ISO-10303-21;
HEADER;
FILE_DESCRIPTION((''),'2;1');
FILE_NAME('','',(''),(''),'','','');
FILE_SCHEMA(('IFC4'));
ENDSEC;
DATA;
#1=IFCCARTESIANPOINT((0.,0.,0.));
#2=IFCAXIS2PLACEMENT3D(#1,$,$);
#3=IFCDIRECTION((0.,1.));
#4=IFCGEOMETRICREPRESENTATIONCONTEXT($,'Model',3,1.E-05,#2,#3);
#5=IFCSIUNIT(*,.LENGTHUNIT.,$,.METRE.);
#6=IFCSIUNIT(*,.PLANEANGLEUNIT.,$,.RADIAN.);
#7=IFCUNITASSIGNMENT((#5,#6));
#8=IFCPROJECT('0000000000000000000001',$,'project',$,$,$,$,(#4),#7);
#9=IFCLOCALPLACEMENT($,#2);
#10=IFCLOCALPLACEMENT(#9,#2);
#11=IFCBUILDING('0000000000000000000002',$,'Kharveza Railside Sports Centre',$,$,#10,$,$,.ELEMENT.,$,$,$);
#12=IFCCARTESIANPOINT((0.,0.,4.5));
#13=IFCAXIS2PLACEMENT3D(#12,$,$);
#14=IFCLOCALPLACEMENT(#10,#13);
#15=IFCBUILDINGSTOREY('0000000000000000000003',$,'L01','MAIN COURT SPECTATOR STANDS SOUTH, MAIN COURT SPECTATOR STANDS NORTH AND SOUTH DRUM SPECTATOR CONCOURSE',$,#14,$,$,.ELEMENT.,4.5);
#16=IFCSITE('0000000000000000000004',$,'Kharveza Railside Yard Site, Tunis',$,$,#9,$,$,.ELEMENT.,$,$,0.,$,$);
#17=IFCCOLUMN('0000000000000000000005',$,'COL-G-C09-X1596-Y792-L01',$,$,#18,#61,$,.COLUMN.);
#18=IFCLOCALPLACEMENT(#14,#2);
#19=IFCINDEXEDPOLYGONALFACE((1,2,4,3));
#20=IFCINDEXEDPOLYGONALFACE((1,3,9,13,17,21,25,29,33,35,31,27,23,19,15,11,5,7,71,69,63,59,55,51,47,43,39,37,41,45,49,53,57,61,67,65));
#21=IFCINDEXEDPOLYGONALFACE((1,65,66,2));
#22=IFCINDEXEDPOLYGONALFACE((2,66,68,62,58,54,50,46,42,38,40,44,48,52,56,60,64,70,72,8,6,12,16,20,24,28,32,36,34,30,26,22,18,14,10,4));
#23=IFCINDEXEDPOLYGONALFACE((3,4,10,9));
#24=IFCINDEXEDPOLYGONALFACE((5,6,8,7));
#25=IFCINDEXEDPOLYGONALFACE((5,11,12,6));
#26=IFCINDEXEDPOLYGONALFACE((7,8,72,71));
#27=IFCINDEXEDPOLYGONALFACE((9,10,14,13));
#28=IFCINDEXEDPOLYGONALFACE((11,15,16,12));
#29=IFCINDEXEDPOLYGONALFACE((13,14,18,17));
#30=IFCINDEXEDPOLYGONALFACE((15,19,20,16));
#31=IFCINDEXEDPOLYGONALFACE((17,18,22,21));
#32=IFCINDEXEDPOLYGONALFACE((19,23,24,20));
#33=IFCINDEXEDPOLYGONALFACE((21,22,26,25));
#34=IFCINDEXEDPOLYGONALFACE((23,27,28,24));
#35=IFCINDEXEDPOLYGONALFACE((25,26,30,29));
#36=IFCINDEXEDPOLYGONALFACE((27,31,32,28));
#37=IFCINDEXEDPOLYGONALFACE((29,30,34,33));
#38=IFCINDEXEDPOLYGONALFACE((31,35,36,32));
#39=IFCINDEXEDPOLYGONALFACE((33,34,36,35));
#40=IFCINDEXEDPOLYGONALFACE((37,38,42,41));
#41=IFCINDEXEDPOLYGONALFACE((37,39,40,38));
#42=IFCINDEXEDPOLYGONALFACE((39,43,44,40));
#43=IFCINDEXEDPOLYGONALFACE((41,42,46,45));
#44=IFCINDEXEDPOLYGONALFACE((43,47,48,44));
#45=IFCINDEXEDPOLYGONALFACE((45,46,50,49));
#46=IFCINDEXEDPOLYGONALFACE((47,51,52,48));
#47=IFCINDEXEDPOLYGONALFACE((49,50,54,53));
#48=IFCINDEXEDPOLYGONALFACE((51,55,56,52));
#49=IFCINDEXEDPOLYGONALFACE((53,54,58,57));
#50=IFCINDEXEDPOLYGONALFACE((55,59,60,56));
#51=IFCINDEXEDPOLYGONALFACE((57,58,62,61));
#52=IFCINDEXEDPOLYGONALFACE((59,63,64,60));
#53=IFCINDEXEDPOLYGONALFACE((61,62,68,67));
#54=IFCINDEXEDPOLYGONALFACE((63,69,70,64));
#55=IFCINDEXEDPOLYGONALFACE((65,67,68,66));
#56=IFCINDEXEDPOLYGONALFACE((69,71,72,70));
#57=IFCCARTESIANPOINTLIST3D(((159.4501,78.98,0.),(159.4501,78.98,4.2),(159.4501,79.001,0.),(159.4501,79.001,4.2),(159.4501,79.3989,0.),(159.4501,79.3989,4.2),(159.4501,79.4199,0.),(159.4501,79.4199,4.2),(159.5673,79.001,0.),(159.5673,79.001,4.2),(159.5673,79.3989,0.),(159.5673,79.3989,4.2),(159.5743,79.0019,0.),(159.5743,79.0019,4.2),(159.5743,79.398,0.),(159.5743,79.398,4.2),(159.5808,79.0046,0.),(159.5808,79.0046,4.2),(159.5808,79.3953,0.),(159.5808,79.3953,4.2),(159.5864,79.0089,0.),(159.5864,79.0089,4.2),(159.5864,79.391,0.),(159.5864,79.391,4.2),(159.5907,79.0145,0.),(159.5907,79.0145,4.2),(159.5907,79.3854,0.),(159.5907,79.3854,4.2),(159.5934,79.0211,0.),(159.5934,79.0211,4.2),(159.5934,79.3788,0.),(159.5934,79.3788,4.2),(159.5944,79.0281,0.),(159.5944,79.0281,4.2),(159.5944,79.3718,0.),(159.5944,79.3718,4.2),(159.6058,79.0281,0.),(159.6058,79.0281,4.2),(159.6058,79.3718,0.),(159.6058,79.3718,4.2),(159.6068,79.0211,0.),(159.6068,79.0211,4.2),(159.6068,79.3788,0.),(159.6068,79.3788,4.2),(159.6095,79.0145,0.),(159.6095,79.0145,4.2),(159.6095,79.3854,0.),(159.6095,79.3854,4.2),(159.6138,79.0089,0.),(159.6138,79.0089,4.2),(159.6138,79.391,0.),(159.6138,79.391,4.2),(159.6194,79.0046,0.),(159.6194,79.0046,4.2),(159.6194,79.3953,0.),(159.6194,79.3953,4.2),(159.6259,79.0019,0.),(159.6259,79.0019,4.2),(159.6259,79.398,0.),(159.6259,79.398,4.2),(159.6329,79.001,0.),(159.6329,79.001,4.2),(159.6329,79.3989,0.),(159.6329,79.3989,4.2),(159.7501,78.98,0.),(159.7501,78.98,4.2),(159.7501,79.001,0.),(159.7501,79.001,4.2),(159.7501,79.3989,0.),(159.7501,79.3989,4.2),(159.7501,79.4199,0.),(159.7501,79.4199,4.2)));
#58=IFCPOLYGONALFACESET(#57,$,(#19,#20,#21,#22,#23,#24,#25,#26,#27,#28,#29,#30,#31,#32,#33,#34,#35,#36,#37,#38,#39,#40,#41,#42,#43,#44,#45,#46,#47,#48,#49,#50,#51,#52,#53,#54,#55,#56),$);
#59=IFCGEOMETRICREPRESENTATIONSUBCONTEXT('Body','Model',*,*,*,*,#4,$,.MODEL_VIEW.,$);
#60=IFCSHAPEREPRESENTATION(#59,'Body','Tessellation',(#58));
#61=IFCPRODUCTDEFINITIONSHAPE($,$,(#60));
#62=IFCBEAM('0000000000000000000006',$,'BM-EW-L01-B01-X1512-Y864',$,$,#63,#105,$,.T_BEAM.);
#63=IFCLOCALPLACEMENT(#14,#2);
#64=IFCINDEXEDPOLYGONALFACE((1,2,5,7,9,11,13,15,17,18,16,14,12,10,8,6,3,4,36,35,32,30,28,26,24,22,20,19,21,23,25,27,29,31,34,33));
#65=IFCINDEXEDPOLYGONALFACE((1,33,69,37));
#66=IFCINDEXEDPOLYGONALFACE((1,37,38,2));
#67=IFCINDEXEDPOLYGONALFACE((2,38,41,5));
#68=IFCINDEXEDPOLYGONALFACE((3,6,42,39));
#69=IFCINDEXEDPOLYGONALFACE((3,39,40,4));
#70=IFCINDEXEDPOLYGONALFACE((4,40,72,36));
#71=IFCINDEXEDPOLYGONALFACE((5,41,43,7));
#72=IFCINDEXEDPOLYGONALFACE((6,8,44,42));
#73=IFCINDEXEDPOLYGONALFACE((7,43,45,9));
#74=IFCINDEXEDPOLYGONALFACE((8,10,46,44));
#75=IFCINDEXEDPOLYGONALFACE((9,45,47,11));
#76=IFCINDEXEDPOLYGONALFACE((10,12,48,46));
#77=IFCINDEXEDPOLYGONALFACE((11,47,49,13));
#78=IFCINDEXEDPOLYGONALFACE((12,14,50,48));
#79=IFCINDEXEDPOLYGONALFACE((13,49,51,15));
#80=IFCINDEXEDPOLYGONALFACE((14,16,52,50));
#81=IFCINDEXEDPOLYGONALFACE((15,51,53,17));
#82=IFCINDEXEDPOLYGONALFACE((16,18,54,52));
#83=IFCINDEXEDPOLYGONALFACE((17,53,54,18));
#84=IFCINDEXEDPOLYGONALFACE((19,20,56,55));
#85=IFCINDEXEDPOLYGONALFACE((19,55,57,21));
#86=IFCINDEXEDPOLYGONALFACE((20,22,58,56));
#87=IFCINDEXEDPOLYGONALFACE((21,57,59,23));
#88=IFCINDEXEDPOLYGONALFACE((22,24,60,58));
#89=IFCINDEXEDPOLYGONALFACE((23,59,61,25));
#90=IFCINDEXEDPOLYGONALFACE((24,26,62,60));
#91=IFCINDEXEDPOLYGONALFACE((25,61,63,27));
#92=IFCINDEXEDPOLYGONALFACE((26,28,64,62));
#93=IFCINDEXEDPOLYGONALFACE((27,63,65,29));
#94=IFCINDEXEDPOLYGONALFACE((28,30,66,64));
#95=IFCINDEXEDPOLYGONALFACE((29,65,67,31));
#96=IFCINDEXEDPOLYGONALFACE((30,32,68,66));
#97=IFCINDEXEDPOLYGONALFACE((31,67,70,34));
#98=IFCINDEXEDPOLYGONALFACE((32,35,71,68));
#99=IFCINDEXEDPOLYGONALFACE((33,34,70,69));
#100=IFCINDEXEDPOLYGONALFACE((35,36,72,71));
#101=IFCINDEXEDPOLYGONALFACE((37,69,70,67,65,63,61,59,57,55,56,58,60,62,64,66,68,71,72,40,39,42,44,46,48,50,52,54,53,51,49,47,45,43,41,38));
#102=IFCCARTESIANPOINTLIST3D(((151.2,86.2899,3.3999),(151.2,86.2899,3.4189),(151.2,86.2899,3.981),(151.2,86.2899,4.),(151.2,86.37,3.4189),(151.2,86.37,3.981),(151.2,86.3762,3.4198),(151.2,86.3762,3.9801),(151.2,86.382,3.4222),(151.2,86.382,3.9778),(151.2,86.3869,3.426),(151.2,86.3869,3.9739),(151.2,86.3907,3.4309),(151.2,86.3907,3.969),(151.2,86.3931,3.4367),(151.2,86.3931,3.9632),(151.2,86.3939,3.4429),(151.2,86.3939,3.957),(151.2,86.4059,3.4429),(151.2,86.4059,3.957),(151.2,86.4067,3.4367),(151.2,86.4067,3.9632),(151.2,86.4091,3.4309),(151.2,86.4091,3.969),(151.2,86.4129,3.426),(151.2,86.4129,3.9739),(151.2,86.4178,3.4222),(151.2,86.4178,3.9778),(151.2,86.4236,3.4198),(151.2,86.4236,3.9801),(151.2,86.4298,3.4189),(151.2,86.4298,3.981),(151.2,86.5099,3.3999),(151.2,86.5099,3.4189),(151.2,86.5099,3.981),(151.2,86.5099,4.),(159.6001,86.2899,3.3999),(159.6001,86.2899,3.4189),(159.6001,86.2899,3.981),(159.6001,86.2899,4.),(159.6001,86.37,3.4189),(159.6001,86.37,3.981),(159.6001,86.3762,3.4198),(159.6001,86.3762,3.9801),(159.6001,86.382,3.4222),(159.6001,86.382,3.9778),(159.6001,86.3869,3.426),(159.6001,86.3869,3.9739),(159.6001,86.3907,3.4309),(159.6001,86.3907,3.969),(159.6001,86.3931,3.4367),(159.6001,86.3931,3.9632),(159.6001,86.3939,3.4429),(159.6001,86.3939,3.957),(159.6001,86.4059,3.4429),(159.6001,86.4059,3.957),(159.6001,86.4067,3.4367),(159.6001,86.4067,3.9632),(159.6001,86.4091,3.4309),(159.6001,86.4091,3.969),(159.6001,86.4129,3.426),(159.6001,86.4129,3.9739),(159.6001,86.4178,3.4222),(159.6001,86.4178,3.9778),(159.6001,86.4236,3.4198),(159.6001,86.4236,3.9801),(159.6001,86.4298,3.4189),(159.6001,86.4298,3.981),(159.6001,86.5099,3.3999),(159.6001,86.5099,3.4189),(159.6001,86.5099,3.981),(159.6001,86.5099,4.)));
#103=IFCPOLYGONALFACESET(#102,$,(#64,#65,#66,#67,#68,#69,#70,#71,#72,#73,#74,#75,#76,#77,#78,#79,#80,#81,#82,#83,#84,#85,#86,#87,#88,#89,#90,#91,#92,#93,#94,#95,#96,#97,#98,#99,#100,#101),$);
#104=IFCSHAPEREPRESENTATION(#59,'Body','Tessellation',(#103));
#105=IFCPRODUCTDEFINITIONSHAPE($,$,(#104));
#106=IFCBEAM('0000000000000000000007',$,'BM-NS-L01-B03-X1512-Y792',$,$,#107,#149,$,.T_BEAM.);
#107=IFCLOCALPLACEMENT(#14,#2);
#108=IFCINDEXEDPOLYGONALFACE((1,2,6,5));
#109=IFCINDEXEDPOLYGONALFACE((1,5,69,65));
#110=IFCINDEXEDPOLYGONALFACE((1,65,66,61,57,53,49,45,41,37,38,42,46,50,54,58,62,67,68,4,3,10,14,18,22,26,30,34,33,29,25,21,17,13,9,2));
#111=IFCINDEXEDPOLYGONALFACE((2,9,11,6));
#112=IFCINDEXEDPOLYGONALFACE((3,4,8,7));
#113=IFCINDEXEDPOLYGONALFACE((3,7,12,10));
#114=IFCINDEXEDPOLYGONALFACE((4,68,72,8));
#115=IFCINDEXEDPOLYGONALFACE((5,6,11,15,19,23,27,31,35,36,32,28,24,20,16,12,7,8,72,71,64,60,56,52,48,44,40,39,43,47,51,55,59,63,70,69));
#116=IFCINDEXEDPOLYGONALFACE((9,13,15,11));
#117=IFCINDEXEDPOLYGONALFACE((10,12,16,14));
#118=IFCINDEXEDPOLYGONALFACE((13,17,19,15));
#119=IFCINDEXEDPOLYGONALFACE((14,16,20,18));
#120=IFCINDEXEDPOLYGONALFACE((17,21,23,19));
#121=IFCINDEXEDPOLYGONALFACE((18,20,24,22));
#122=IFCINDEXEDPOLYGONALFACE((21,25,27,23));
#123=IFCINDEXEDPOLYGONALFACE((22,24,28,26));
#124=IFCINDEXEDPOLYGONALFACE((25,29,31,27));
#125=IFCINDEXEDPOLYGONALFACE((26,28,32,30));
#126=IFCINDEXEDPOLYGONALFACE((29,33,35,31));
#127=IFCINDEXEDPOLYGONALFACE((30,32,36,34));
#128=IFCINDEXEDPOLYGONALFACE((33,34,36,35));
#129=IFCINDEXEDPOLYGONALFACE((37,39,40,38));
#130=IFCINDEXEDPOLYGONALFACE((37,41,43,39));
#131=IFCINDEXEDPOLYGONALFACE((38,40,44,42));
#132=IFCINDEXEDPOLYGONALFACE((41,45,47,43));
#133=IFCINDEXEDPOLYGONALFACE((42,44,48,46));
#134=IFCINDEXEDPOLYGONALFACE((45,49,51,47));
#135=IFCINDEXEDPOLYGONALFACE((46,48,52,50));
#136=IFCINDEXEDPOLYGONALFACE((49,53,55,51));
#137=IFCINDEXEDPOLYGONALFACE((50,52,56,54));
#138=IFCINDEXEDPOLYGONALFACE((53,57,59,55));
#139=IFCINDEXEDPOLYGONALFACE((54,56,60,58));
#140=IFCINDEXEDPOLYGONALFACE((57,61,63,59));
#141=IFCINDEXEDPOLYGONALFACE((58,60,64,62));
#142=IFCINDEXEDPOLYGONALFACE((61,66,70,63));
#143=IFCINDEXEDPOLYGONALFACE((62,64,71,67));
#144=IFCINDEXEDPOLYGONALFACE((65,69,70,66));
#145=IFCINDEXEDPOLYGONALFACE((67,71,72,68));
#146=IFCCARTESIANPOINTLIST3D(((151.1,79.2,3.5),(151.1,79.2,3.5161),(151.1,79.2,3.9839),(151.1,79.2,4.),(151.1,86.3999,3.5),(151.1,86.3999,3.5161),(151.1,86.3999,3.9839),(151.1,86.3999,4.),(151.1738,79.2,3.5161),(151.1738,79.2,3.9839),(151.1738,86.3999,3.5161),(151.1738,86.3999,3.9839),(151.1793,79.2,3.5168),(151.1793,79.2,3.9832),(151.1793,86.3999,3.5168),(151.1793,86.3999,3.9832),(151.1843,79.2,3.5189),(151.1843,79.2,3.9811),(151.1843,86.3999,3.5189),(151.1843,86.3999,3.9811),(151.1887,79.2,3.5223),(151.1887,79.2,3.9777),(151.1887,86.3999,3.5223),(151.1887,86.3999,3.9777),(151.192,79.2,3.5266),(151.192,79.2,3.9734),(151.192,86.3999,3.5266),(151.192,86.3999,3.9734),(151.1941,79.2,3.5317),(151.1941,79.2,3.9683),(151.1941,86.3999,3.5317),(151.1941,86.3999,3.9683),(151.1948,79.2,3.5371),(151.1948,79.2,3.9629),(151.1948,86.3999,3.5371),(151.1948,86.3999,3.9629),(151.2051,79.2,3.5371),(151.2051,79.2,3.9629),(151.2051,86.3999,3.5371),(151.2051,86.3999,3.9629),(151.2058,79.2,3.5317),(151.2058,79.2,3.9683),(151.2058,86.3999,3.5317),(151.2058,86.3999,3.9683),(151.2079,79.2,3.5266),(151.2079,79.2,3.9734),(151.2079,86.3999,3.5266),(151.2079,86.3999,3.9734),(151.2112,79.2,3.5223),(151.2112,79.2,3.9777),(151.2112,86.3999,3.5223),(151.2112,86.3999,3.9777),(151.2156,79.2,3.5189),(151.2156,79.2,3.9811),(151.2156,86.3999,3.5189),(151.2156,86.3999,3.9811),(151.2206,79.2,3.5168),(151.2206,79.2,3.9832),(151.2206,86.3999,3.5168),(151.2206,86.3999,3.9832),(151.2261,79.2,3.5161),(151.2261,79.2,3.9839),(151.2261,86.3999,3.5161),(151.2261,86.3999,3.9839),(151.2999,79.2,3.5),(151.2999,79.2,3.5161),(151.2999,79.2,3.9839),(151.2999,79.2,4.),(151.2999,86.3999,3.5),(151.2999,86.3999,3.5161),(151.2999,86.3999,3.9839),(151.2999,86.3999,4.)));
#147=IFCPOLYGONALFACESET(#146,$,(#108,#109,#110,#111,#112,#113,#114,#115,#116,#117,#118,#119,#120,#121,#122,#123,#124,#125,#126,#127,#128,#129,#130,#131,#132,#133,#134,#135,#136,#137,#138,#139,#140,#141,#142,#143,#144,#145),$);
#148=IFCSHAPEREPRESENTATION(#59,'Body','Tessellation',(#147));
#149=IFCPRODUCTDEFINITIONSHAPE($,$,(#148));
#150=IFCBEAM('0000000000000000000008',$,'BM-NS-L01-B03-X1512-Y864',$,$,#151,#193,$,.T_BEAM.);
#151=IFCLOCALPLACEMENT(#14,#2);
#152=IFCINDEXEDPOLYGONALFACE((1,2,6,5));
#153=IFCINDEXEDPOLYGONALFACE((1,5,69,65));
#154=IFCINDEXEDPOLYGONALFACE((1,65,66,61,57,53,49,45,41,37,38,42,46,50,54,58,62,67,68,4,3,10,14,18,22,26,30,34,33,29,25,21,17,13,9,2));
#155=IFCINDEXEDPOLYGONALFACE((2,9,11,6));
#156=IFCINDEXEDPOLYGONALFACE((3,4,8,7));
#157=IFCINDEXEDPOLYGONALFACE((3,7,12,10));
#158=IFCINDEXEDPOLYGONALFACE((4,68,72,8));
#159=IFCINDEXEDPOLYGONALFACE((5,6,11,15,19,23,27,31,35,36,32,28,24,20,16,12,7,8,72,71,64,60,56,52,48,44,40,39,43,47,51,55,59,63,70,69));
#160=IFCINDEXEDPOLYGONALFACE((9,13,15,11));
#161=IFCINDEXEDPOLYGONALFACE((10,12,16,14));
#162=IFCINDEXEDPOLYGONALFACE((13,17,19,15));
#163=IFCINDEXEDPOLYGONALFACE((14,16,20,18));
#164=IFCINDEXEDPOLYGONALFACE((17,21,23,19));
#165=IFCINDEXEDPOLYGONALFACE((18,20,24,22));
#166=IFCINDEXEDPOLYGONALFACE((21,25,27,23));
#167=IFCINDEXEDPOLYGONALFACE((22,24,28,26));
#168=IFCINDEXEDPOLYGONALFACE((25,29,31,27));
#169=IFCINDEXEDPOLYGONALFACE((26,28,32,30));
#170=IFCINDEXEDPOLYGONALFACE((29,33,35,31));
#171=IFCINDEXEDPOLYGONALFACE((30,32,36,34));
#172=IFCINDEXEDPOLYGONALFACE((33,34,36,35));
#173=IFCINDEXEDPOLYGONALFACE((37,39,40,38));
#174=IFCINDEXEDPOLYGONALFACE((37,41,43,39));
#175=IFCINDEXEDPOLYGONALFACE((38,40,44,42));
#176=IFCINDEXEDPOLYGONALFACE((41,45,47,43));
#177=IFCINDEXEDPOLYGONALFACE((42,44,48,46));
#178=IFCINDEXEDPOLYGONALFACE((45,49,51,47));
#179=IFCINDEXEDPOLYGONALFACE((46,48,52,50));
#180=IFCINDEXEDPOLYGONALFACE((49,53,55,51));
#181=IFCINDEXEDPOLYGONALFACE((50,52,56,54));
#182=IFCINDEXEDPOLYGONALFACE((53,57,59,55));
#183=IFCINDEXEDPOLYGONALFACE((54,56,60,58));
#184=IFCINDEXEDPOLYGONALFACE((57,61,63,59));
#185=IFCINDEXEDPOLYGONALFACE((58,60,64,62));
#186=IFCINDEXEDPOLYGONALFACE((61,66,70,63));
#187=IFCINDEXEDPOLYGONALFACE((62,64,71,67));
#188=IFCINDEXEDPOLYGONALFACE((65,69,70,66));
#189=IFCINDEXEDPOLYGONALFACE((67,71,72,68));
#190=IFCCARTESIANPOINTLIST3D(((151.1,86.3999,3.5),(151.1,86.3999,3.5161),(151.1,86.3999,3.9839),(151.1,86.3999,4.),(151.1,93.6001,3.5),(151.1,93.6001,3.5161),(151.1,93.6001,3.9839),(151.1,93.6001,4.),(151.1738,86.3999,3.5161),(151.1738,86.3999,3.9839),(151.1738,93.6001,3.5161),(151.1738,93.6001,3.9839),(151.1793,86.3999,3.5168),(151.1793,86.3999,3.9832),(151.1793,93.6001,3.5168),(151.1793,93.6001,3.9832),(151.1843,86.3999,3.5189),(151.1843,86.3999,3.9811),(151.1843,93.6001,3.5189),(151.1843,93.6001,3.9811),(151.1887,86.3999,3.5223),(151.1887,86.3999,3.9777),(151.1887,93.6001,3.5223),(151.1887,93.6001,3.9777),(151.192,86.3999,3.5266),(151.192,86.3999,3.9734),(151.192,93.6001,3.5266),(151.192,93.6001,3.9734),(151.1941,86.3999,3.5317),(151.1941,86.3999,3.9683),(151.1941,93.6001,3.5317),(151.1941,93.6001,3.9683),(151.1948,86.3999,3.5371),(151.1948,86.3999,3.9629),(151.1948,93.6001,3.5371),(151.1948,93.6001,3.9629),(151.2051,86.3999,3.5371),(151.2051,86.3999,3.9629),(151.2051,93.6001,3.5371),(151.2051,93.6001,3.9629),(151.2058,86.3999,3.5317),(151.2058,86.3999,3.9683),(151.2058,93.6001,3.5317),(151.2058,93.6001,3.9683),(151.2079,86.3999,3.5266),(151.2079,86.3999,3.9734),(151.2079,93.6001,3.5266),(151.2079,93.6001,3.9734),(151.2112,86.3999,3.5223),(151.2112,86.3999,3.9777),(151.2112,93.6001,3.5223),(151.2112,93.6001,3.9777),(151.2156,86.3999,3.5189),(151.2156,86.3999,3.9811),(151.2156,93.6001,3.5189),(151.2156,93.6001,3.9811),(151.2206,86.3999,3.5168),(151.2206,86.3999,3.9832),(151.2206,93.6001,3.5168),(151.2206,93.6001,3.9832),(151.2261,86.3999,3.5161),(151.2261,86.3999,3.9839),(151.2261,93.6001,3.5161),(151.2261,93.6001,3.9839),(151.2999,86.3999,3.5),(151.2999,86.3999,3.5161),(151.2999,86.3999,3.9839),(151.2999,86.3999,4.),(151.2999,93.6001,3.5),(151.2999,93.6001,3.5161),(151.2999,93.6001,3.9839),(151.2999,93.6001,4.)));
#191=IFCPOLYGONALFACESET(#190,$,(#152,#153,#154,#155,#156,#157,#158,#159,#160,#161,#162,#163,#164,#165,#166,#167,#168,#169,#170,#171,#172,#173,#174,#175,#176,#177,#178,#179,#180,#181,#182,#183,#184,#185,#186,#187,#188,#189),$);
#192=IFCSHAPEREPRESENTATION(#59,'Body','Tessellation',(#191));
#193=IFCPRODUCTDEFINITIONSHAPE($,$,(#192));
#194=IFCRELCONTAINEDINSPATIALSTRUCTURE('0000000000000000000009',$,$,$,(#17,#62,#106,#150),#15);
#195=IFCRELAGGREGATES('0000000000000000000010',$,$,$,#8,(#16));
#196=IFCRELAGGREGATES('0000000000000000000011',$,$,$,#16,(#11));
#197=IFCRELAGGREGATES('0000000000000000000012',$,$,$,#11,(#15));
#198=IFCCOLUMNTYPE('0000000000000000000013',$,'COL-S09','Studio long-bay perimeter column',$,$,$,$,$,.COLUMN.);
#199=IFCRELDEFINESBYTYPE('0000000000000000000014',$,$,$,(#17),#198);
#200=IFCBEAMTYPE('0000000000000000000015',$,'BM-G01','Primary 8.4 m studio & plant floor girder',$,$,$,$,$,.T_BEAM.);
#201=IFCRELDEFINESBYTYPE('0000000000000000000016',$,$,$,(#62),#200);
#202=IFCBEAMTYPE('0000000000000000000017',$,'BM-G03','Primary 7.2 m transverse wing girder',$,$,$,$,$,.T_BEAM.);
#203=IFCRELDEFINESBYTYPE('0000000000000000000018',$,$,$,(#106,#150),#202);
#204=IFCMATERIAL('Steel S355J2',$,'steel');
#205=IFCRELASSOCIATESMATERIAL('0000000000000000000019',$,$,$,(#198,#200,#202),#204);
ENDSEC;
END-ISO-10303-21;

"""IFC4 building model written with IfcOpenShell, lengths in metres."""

from ifc_helpers import new_model, si_unit, direction, frame, origin, origin_2d, place, context, subcontext, project, spatial, i_section, extrude, material, material_profile, profile_set, type_object, element, save


model = new_model("IFC4")

# Units and contexts
model_context = context("Model", 3, precision=1e-05, world=origin(), true_north=direction((0.0, 1.0)))
body_context = subcontext(model_context, "Body", "Model", "MODEL_VIEW")
ifc_project = project(units=[si_unit("LENGTHUNIT", "METRE"), si_unit("PLANEANGLEUNIT", "RADIAN")], contexts=[model_context])

# Site, building, storey
site_placement = place(None, origin())
site = spatial("IfcSite", under=ifc_project, at=site_placement, Name="Kharveza Railside Yard Site, Tunis", CompositionType="ELEMENT", RefElevation=0.0)
building_placement = place(site_placement, origin())
building = spatial("IfcBuilding", under=site, at=building_placement, Name="Kharveza Railside Sports Centre", CompositionType="ELEMENT")
storey_placement = place(building_placement, frame((0.0, 0.0, 4.5)))
storey = spatial("IfcBuildingStorey", under=building, at=storey_placement, Name="L01", Description="MAIN COURT SPECTATOR STANDS SOUTH, MAIN COURT SPECTATOR STANDS NORTH AND SOUTH DRUM SPECTATOR CONCOURSE", CompositionType="ELEMENT", Elevation=4.5)

# Column
ifc_material_1 = material(Name="Steel S355J2", Category="steel")
ifc_material_profile_1 = material_profile(ifc_material_1, i_section(OverallWidth=0.3, OverallDepth=0.4399, WebThickness=0.0115, FlangeThickness=0.021, FilletRadius=0.0271, at=origin_2d()), Name="HEA 450")
ifc_profile_set_1 = profile_set([ifc_material_profile_1], Name="Steel S355J2")
column_type_1 = type_object("IfcColumnType", Name="COL-S09", Description="Studio long-bay perimeter column", PredefinedType="COLUMN", material=ifc_profile_set_1)
for number, where, z_axis, x_axis, name in (
    (1, (159.6001, 79.2, 0.0), (0.0, 0.0, 1.0), (1.0, 0.0, 0.0), "COL-G-C09-X1596-Y792-L01"),
):
    element("IfcColumn", number, at=place(storey_placement, frame(where, z_axis=z_axis, x_axis=x_axis)), inside=storey, type_object=column_type_1, Name=name, PredefinedType="COLUMN", context=body_context, shape_type="SweptSolid", body=[
        extrude(i_section(OverallWidth=0.3, OverallDepth=0.4399, WebThickness=0.0115, FlangeThickness=0.021, FilletRadius=0.0271, at=origin_2d()), origin(), (0.0, 0.0, 1.0), 4.2),
    ])

# Beams
ifc_material_profile_2 = material_profile(ifc_material_1, i_section(OverallWidth=0.22, OverallDepth=0.6001, WebThickness=0.012, FlangeThickness=0.019, FilletRadius=0.0239, at=origin_2d()), Name="IPE 600")
ifc_profile_set_2 = profile_set([ifc_material_profile_2], Name="Steel S355J2")
beam_type_1 = type_object("IfcBeamType", Name="BM-G01", Description="Primary 8.4 m studio & plant floor girder", PredefinedType="T_BEAM", material=ifc_profile_set_2)
beam_1_placement = place(storey_placement, frame((151.2, 86.3999, 3.7), z_axis=(1.0, 0.0, 0.0), x_axis=(0.0, 1.0, 0.0)))
element("IfcBeam", 2, at=beam_1_placement, inside=storey, type_object=beam_type_1, Name="BM-EW-L01-B01-X1512-Y864", PredefinedType="T_BEAM", context=body_context, shape_type="SweptSolid", body=[
    extrude(i_section(OverallWidth=0.22, OverallDepth=0.6001, WebThickness=0.012, FlangeThickness=0.019, FilletRadius=0.0239, at=origin_2d()), origin(), (0.0, 0.0, 1.0), 8.4001),
])
ifc_material_profile_3 = material_profile(ifc_material_1, i_section(OverallWidth=0.2, OverallDepth=0.5, WebThickness=0.0103, FlangeThickness=0.0161, FilletRadius=0.021, at=origin_2d()), Name="IPE 500")
ifc_profile_set_3 = profile_set([ifc_material_profile_3], Name="Steel S355J2")
beam_type_2 = type_object("IfcBeamType", Name="BM-G03", Description="Primary 7.2 m transverse wing girder", PredefinedType="T_BEAM", material=ifc_profile_set_3)
beam_2_placement = place(storey_placement, frame((151.2, 79.2, 3.75), z_axis=(0.0, 1.0, 0.0), x_axis=(-1.0, 0.0, 0.0)))
element("IfcBeam", 3, at=beam_2_placement, inside=storey, type_object=beam_type_2, Name="BM-NS-L01-B03-X1512-Y792", PredefinedType="T_BEAM", context=body_context, shape_type="SweptSolid", body=[
    extrude(i_section(OverallWidth=0.2, OverallDepth=0.5, WebThickness=0.0103, FlangeThickness=0.0161, FilletRadius=0.021, at=origin_2d()), origin(), (0.0, 0.0, 1.0), 7.2),
])
beam_3_placement = place(storey_placement, frame((151.2, 86.3999, 3.75), z_axis=(0.0, 1.0, 0.0), x_axis=(-1.0, 0.0, 0.0)))
element("IfcBeam", 4, at=beam_3_placement, inside=storey, type_object=beam_type_2, Name="BM-NS-L01-B03-X1512-Y864", PredefinedType="T_BEAM", context=body_context, shape_type="SweptSolid", body=[
    extrude(i_section(OverallWidth=0.2, OverallDepth=0.5, WebThickness=0.0103, FlangeThickness=0.0161, FilletRadius=0.021, at=origin_2d()), origin(), (0.0, 0.0, 1.0), 7.2002),
])

save(model, "model.ifc")
